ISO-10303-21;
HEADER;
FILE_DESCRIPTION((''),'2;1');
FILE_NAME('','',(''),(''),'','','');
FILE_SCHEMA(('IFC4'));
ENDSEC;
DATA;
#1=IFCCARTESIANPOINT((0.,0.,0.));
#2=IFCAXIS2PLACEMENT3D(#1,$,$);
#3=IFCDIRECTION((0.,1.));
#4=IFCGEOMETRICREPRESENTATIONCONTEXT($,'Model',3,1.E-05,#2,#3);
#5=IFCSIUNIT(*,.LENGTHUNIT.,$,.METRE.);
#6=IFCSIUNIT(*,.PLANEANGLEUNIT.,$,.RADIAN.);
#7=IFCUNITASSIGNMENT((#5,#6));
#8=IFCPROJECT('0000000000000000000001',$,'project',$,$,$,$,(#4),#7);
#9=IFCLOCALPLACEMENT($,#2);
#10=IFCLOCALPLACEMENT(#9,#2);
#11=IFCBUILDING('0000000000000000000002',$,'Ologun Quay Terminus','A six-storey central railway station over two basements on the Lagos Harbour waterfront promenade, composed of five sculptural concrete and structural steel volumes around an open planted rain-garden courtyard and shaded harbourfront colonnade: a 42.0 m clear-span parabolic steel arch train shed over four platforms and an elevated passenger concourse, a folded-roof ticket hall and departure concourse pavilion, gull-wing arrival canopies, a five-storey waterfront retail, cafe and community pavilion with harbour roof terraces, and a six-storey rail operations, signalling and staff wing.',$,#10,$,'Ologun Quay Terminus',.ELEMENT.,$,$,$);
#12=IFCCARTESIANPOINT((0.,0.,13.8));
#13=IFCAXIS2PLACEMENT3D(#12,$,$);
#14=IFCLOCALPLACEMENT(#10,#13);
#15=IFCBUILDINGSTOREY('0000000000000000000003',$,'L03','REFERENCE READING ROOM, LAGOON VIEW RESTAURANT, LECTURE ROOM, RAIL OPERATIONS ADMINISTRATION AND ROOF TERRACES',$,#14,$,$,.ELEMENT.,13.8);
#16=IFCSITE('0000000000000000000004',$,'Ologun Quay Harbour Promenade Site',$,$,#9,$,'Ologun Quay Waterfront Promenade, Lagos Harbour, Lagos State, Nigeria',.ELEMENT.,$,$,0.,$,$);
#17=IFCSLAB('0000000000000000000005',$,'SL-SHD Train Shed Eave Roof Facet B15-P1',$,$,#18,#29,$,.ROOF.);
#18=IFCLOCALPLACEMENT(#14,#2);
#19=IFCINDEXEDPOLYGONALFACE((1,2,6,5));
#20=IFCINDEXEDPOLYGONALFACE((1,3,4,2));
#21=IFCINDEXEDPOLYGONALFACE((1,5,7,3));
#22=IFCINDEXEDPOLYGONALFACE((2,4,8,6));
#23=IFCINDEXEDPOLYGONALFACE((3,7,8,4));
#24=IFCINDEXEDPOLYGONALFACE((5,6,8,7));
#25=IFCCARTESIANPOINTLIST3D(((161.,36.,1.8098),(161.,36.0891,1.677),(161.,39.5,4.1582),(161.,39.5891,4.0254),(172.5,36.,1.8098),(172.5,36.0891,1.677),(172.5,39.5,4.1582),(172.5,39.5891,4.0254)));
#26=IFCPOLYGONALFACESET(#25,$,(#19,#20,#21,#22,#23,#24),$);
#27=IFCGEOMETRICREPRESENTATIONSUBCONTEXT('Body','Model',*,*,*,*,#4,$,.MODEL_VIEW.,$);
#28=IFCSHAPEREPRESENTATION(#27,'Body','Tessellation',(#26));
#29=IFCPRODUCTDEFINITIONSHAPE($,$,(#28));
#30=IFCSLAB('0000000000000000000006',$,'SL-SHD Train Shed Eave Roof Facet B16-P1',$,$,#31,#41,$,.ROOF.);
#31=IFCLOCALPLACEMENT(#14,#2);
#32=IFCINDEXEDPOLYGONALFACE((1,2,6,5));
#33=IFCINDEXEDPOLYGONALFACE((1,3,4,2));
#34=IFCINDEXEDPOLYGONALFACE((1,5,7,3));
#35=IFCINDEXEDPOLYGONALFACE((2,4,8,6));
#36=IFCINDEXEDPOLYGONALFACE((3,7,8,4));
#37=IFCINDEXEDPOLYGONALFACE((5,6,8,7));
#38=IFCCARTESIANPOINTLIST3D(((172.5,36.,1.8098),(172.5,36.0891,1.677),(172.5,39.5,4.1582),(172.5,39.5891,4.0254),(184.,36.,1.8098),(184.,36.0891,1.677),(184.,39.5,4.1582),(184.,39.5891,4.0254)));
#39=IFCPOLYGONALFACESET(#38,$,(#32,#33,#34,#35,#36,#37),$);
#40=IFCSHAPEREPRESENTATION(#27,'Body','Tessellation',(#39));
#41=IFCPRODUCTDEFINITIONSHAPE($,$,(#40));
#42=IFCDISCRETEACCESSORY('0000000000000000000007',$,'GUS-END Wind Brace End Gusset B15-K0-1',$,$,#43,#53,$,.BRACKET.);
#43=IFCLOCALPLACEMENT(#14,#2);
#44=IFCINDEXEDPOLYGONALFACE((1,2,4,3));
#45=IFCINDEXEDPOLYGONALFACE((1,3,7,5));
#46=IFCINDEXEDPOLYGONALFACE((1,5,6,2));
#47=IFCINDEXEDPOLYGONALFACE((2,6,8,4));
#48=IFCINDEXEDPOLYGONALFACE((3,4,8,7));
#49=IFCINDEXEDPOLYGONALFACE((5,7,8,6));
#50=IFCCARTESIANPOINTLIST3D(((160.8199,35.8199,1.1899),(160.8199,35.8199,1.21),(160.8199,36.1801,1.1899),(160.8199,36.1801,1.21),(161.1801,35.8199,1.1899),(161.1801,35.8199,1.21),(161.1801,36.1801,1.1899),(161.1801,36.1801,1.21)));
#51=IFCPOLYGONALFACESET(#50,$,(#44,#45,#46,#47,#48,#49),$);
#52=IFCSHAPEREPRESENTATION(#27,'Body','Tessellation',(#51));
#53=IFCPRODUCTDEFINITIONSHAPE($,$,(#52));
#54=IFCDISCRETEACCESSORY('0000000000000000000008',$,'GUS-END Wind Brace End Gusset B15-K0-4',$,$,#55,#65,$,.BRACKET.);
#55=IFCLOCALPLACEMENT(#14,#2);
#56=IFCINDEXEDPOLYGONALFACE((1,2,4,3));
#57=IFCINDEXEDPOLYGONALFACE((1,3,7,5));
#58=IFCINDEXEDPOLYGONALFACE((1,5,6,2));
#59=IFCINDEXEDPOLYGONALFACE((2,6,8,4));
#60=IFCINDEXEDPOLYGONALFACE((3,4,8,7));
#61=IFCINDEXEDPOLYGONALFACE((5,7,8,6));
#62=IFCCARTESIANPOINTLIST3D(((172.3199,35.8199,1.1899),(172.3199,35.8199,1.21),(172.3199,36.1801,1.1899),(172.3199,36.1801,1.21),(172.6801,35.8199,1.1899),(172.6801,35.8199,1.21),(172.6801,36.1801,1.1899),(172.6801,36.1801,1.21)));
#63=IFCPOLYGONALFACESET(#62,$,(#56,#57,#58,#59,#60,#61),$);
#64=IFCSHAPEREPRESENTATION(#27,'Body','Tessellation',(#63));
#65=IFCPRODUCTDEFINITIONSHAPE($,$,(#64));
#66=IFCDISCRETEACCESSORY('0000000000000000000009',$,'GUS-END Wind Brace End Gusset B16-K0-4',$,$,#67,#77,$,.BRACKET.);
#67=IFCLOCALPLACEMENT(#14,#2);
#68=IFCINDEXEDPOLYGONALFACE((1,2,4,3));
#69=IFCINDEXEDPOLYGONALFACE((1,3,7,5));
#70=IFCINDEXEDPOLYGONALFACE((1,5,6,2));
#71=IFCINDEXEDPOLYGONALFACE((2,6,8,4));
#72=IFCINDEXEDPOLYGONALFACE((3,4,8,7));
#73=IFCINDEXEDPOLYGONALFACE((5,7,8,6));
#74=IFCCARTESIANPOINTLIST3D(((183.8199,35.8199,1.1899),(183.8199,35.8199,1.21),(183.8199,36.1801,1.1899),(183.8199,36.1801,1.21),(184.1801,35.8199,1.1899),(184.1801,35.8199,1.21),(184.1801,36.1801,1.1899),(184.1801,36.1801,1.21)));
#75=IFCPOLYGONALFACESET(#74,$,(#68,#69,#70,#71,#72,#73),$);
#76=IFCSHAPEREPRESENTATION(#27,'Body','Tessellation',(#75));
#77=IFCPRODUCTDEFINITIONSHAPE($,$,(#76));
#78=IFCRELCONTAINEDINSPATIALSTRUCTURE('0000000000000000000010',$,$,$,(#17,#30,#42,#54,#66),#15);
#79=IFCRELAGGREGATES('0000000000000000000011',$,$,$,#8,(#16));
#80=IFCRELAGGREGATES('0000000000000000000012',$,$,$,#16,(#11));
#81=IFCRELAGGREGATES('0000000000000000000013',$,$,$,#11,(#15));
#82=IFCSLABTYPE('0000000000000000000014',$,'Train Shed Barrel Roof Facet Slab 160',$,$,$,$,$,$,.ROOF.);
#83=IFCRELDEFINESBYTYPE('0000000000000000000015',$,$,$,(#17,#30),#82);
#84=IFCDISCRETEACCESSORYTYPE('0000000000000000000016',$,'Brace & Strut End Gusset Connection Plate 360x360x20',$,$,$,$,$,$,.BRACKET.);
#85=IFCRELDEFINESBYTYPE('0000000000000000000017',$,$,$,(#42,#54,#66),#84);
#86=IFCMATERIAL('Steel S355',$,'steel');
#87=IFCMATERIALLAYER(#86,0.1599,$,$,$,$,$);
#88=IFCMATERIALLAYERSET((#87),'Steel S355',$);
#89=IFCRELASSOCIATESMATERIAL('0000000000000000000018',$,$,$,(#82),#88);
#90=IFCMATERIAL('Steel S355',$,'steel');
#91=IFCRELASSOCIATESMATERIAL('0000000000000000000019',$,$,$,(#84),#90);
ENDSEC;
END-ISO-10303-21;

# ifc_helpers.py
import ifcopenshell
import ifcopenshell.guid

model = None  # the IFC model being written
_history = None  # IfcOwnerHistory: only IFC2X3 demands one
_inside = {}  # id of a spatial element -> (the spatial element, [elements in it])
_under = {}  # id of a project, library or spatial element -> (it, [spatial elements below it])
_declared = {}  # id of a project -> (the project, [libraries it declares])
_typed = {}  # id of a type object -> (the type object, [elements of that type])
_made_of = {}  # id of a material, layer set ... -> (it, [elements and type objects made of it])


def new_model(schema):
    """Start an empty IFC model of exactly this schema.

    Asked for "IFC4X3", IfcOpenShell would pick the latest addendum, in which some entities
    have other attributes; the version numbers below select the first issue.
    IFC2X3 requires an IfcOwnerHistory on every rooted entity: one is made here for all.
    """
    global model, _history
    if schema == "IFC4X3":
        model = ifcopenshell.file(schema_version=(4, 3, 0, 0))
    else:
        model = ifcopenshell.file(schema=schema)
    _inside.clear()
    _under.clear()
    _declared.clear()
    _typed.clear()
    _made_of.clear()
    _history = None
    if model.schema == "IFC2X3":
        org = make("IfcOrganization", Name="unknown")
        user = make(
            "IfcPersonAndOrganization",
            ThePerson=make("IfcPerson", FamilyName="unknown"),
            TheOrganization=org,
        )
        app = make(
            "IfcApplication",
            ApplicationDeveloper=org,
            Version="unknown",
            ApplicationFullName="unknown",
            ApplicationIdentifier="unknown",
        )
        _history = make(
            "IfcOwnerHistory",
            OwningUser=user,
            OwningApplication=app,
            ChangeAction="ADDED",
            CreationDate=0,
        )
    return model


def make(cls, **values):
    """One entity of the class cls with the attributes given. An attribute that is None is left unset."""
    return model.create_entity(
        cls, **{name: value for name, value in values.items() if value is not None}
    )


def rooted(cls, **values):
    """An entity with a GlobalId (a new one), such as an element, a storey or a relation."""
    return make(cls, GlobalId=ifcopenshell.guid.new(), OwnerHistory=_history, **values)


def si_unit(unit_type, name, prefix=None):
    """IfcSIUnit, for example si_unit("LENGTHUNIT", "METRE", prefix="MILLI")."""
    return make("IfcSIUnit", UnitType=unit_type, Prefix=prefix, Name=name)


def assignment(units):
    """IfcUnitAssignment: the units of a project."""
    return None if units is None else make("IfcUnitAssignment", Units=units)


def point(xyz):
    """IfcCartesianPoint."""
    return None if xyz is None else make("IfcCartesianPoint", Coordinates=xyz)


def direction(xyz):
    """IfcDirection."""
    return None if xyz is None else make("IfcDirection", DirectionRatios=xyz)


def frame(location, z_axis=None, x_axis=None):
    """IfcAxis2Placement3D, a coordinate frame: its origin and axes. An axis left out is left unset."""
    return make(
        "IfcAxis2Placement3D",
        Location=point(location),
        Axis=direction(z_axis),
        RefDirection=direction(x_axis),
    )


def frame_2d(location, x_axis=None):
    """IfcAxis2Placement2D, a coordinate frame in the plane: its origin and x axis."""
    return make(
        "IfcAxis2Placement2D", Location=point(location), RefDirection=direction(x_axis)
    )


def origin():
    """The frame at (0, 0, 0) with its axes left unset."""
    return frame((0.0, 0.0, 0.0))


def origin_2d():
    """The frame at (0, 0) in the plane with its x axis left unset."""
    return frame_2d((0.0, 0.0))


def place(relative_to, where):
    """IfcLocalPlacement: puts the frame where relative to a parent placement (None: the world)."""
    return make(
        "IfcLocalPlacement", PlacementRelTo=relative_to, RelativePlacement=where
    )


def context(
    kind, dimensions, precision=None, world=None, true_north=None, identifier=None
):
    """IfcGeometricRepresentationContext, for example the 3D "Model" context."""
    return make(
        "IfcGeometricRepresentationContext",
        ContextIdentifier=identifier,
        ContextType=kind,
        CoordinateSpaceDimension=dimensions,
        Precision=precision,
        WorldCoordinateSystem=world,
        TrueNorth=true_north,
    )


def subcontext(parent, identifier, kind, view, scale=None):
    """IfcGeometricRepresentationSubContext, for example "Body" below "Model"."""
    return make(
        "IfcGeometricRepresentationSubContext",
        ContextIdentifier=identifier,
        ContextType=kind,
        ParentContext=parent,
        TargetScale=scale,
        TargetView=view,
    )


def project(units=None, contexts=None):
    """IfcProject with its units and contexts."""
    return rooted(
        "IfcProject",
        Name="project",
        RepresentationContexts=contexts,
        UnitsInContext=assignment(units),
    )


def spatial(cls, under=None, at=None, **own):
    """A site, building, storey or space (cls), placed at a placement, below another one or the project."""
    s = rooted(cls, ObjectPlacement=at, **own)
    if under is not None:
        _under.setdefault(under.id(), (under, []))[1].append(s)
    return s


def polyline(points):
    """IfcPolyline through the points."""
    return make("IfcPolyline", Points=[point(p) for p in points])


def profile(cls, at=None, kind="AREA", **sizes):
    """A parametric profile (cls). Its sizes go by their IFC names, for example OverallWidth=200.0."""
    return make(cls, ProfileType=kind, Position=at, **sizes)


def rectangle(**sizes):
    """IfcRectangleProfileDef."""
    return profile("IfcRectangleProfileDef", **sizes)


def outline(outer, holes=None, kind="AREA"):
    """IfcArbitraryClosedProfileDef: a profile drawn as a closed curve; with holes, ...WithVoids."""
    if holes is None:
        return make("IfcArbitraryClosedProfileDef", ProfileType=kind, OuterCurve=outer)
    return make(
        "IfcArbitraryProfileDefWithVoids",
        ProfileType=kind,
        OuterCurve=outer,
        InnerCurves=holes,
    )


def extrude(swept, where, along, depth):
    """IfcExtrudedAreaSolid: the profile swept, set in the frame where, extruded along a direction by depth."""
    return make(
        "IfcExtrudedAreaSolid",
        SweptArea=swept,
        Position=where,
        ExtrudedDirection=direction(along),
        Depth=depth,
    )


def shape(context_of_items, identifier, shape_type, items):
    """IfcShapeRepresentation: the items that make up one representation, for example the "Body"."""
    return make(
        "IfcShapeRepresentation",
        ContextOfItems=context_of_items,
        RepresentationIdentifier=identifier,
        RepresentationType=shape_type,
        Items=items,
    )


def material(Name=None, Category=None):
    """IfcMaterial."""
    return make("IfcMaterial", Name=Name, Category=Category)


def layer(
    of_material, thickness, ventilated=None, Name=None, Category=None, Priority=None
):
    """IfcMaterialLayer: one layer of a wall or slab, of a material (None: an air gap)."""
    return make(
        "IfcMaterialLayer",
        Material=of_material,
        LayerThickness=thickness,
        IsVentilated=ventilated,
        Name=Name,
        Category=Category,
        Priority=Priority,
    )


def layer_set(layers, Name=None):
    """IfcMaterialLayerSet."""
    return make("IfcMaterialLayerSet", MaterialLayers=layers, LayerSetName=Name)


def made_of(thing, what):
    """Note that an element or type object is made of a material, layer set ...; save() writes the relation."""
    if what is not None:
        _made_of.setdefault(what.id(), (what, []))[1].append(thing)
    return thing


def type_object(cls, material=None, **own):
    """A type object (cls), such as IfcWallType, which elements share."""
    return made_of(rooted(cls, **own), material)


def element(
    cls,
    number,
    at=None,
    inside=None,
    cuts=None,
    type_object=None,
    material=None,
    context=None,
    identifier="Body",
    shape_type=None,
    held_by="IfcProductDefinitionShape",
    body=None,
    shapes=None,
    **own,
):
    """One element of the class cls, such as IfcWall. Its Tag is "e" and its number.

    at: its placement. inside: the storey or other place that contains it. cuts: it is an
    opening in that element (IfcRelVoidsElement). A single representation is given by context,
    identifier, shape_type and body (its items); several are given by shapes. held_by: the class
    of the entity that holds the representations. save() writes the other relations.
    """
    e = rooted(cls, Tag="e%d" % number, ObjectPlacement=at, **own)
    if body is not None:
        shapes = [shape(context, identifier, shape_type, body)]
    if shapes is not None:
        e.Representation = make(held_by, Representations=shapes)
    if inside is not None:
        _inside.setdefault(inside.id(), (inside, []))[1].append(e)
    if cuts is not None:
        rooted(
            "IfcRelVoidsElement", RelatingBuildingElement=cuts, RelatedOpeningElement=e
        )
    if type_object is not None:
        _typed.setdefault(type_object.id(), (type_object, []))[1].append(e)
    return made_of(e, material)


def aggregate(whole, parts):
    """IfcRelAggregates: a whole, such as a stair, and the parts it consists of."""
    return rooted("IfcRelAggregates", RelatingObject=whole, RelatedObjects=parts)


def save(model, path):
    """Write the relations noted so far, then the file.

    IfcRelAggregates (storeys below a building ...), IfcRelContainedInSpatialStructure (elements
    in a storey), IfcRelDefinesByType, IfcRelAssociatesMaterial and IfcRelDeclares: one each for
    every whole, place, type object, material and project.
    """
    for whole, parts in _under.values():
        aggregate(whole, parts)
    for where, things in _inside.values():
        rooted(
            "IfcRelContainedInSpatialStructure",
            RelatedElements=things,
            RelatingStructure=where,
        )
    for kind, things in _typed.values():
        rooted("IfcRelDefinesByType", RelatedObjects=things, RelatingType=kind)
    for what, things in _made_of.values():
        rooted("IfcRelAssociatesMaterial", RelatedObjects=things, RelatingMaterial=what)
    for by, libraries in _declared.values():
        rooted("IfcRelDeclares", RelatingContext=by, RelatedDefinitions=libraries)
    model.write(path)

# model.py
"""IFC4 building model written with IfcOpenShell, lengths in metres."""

from ifc_helpers import new_model, si_unit, direction, frame, origin, origin_2d, place, context, subcontext, project, spatial, polyline, rectangle, outline, extrude, material, layer, layer_set, type_object, element, save


model = new_model("IFC4")

# Units and contexts
model_context = context("Model", 3, precision=1e-05, world=origin(), true_north=direction((0.0, 1.0)))
body_context = subcontext(model_context, "Body", "Model", "MODEL_VIEW")
ifc_project = project(units=[si_unit("LENGTHUNIT", "METRE"), si_unit("PLANEANGLEUNIT", "RADIAN")], contexts=[model_context])

# Site, building, storey
site_placement = place(None, origin())
site = spatial("IfcSite", under=ifc_project, at=site_placement, Name="Ologun Quay Harbour Promenade Site", LongName="Ologun Quay Waterfront Promenade, Lagos Harbour, Lagos State, Nigeria", CompositionType="ELEMENT", RefElevation=0.0)
building_placement = place(site_placement, origin())
building = spatial("IfcBuilding", under=site, at=building_placement, Name="Ologun Quay Terminus", Description="A six-storey central railway station over two basements on the Lagos Harbour waterfront promenade, composed of five sculptural concrete and structural steel volumes around an open planted rain-garden courtyard and shaded harbourfront colonnade: a 42.0 m clear-span parabolic steel arch train shed over four platforms and an elevated passenger concourse, a folded-roof ticket hall and departure concourse pavilion, gull-wing arrival canopies, a five-storey waterfront retail, cafe and community pavilion with harbour roof terraces, and a six-storey rail operations, signalling and staff wing.", LongName="Ologun Quay Terminus", CompositionType="ELEMENT")
storey_placement = place(building_placement, frame((0.0, 0.0, 13.8)))
storey = spatial("IfcBuildingStorey", under=building, at=storey_placement, Name="L03", Description="REFERENCE READING ROOM, LAGOON VIEW RESTAURANT, LECTURE ROOM, RAIL OPERATIONS ADMINISTRATION AND ROOF TERRACES", CompositionType="ELEMENT", Elevation=13.8)

# Slabs
ifc_material_1 = material(Name="Steel S355", Category="steel")
ifc_layer_1 = layer(ifc_material_1, 0.1599)
ifc_layer_set_1 = layer_set([ifc_layer_1], Name="Steel S355")
slab_type_1 = type_object("IfcSlabType", Name="Train Shed Barrel Roof Facet Slab 160", PredefinedType="ROOF", material=ifc_layer_set_1)
for number, where, z_axis, x_axis, name in (
    (1, (161.0, 36.0, 1.8098), (0.0, -0.557171, 0.830398), (1.0, 0.0, 0.0), "SL-SHD Train Shed Eave Roof Facet B15-P1"),
    (2, (172.5, 36.0, 1.8098), (0.0, -0.557171, 0.830398), (1.0, 0.0, 0.0), "SL-SHD Train Shed Eave Roof Facet B16-P1"),
):
    element("IfcSlab", number, at=place(storey_placement, frame(where, z_axis=z_axis, x_axis=x_axis)), inside=storey, type_object=slab_type_1, Name=name, PredefinedType="ROOF", context=body_context, shape_type="SweptSolid", body=[
        extrude(outline(polyline([(0.0, 0.0), (11.5, 0.0), (11.5, 4.2148), (0.0, 4.2148), (0.0, 0.0)])), origin(), (0.0, 0.0, -1.0), 0.1599),
    ])

# Discrete accessories
ifc_material_2 = material(Name="Steel S355", Category="steel")
discrete_accessory_type = type_object("IfcDiscreteAccessoryType", Name="Brace & Strut End Gusset Connection Plate 360x360x20", PredefinedType="BRACKET", material=ifc_material_2)
for number, where, z_axis, x_axis, name in (
    (3, (161.0, 36.0, 1.1899), (0.0, 0.0, 1.0), (1.0, 0.0, 0.0), "GUS-END Wind Brace End Gusset B15-K0-1"),
    (4, (172.5, 36.0, 1.1899), (0.0, 0.0, 1.0), (1.0, 0.0, 0.0), "GUS-END Wind Brace End Gusset B15-K0-4"),
    (5, (184.0, 36.0, 1.1899), (0.0, 0.0, 1.0), (1.0, 0.0, 0.0), "GUS-END Wind Brace End Gusset B16-K0-4"),
):
    element("IfcDiscreteAccessory", number, at=place(storey_placement, frame(where, z_axis=z_axis, x_axis=x_axis)), inside=storey, type_object=discrete_accessory_type, Name=name, PredefinedType="BRACKET", context=body_context, shape_type="SweptSolid", body=[
        extrude(rectangle(XDim=0.3601, YDim=0.3601, at=origin_2d()), origin(), (0.0, 0.0, 1.0), 0.02),
    ])

save(model, "model.ifc")
